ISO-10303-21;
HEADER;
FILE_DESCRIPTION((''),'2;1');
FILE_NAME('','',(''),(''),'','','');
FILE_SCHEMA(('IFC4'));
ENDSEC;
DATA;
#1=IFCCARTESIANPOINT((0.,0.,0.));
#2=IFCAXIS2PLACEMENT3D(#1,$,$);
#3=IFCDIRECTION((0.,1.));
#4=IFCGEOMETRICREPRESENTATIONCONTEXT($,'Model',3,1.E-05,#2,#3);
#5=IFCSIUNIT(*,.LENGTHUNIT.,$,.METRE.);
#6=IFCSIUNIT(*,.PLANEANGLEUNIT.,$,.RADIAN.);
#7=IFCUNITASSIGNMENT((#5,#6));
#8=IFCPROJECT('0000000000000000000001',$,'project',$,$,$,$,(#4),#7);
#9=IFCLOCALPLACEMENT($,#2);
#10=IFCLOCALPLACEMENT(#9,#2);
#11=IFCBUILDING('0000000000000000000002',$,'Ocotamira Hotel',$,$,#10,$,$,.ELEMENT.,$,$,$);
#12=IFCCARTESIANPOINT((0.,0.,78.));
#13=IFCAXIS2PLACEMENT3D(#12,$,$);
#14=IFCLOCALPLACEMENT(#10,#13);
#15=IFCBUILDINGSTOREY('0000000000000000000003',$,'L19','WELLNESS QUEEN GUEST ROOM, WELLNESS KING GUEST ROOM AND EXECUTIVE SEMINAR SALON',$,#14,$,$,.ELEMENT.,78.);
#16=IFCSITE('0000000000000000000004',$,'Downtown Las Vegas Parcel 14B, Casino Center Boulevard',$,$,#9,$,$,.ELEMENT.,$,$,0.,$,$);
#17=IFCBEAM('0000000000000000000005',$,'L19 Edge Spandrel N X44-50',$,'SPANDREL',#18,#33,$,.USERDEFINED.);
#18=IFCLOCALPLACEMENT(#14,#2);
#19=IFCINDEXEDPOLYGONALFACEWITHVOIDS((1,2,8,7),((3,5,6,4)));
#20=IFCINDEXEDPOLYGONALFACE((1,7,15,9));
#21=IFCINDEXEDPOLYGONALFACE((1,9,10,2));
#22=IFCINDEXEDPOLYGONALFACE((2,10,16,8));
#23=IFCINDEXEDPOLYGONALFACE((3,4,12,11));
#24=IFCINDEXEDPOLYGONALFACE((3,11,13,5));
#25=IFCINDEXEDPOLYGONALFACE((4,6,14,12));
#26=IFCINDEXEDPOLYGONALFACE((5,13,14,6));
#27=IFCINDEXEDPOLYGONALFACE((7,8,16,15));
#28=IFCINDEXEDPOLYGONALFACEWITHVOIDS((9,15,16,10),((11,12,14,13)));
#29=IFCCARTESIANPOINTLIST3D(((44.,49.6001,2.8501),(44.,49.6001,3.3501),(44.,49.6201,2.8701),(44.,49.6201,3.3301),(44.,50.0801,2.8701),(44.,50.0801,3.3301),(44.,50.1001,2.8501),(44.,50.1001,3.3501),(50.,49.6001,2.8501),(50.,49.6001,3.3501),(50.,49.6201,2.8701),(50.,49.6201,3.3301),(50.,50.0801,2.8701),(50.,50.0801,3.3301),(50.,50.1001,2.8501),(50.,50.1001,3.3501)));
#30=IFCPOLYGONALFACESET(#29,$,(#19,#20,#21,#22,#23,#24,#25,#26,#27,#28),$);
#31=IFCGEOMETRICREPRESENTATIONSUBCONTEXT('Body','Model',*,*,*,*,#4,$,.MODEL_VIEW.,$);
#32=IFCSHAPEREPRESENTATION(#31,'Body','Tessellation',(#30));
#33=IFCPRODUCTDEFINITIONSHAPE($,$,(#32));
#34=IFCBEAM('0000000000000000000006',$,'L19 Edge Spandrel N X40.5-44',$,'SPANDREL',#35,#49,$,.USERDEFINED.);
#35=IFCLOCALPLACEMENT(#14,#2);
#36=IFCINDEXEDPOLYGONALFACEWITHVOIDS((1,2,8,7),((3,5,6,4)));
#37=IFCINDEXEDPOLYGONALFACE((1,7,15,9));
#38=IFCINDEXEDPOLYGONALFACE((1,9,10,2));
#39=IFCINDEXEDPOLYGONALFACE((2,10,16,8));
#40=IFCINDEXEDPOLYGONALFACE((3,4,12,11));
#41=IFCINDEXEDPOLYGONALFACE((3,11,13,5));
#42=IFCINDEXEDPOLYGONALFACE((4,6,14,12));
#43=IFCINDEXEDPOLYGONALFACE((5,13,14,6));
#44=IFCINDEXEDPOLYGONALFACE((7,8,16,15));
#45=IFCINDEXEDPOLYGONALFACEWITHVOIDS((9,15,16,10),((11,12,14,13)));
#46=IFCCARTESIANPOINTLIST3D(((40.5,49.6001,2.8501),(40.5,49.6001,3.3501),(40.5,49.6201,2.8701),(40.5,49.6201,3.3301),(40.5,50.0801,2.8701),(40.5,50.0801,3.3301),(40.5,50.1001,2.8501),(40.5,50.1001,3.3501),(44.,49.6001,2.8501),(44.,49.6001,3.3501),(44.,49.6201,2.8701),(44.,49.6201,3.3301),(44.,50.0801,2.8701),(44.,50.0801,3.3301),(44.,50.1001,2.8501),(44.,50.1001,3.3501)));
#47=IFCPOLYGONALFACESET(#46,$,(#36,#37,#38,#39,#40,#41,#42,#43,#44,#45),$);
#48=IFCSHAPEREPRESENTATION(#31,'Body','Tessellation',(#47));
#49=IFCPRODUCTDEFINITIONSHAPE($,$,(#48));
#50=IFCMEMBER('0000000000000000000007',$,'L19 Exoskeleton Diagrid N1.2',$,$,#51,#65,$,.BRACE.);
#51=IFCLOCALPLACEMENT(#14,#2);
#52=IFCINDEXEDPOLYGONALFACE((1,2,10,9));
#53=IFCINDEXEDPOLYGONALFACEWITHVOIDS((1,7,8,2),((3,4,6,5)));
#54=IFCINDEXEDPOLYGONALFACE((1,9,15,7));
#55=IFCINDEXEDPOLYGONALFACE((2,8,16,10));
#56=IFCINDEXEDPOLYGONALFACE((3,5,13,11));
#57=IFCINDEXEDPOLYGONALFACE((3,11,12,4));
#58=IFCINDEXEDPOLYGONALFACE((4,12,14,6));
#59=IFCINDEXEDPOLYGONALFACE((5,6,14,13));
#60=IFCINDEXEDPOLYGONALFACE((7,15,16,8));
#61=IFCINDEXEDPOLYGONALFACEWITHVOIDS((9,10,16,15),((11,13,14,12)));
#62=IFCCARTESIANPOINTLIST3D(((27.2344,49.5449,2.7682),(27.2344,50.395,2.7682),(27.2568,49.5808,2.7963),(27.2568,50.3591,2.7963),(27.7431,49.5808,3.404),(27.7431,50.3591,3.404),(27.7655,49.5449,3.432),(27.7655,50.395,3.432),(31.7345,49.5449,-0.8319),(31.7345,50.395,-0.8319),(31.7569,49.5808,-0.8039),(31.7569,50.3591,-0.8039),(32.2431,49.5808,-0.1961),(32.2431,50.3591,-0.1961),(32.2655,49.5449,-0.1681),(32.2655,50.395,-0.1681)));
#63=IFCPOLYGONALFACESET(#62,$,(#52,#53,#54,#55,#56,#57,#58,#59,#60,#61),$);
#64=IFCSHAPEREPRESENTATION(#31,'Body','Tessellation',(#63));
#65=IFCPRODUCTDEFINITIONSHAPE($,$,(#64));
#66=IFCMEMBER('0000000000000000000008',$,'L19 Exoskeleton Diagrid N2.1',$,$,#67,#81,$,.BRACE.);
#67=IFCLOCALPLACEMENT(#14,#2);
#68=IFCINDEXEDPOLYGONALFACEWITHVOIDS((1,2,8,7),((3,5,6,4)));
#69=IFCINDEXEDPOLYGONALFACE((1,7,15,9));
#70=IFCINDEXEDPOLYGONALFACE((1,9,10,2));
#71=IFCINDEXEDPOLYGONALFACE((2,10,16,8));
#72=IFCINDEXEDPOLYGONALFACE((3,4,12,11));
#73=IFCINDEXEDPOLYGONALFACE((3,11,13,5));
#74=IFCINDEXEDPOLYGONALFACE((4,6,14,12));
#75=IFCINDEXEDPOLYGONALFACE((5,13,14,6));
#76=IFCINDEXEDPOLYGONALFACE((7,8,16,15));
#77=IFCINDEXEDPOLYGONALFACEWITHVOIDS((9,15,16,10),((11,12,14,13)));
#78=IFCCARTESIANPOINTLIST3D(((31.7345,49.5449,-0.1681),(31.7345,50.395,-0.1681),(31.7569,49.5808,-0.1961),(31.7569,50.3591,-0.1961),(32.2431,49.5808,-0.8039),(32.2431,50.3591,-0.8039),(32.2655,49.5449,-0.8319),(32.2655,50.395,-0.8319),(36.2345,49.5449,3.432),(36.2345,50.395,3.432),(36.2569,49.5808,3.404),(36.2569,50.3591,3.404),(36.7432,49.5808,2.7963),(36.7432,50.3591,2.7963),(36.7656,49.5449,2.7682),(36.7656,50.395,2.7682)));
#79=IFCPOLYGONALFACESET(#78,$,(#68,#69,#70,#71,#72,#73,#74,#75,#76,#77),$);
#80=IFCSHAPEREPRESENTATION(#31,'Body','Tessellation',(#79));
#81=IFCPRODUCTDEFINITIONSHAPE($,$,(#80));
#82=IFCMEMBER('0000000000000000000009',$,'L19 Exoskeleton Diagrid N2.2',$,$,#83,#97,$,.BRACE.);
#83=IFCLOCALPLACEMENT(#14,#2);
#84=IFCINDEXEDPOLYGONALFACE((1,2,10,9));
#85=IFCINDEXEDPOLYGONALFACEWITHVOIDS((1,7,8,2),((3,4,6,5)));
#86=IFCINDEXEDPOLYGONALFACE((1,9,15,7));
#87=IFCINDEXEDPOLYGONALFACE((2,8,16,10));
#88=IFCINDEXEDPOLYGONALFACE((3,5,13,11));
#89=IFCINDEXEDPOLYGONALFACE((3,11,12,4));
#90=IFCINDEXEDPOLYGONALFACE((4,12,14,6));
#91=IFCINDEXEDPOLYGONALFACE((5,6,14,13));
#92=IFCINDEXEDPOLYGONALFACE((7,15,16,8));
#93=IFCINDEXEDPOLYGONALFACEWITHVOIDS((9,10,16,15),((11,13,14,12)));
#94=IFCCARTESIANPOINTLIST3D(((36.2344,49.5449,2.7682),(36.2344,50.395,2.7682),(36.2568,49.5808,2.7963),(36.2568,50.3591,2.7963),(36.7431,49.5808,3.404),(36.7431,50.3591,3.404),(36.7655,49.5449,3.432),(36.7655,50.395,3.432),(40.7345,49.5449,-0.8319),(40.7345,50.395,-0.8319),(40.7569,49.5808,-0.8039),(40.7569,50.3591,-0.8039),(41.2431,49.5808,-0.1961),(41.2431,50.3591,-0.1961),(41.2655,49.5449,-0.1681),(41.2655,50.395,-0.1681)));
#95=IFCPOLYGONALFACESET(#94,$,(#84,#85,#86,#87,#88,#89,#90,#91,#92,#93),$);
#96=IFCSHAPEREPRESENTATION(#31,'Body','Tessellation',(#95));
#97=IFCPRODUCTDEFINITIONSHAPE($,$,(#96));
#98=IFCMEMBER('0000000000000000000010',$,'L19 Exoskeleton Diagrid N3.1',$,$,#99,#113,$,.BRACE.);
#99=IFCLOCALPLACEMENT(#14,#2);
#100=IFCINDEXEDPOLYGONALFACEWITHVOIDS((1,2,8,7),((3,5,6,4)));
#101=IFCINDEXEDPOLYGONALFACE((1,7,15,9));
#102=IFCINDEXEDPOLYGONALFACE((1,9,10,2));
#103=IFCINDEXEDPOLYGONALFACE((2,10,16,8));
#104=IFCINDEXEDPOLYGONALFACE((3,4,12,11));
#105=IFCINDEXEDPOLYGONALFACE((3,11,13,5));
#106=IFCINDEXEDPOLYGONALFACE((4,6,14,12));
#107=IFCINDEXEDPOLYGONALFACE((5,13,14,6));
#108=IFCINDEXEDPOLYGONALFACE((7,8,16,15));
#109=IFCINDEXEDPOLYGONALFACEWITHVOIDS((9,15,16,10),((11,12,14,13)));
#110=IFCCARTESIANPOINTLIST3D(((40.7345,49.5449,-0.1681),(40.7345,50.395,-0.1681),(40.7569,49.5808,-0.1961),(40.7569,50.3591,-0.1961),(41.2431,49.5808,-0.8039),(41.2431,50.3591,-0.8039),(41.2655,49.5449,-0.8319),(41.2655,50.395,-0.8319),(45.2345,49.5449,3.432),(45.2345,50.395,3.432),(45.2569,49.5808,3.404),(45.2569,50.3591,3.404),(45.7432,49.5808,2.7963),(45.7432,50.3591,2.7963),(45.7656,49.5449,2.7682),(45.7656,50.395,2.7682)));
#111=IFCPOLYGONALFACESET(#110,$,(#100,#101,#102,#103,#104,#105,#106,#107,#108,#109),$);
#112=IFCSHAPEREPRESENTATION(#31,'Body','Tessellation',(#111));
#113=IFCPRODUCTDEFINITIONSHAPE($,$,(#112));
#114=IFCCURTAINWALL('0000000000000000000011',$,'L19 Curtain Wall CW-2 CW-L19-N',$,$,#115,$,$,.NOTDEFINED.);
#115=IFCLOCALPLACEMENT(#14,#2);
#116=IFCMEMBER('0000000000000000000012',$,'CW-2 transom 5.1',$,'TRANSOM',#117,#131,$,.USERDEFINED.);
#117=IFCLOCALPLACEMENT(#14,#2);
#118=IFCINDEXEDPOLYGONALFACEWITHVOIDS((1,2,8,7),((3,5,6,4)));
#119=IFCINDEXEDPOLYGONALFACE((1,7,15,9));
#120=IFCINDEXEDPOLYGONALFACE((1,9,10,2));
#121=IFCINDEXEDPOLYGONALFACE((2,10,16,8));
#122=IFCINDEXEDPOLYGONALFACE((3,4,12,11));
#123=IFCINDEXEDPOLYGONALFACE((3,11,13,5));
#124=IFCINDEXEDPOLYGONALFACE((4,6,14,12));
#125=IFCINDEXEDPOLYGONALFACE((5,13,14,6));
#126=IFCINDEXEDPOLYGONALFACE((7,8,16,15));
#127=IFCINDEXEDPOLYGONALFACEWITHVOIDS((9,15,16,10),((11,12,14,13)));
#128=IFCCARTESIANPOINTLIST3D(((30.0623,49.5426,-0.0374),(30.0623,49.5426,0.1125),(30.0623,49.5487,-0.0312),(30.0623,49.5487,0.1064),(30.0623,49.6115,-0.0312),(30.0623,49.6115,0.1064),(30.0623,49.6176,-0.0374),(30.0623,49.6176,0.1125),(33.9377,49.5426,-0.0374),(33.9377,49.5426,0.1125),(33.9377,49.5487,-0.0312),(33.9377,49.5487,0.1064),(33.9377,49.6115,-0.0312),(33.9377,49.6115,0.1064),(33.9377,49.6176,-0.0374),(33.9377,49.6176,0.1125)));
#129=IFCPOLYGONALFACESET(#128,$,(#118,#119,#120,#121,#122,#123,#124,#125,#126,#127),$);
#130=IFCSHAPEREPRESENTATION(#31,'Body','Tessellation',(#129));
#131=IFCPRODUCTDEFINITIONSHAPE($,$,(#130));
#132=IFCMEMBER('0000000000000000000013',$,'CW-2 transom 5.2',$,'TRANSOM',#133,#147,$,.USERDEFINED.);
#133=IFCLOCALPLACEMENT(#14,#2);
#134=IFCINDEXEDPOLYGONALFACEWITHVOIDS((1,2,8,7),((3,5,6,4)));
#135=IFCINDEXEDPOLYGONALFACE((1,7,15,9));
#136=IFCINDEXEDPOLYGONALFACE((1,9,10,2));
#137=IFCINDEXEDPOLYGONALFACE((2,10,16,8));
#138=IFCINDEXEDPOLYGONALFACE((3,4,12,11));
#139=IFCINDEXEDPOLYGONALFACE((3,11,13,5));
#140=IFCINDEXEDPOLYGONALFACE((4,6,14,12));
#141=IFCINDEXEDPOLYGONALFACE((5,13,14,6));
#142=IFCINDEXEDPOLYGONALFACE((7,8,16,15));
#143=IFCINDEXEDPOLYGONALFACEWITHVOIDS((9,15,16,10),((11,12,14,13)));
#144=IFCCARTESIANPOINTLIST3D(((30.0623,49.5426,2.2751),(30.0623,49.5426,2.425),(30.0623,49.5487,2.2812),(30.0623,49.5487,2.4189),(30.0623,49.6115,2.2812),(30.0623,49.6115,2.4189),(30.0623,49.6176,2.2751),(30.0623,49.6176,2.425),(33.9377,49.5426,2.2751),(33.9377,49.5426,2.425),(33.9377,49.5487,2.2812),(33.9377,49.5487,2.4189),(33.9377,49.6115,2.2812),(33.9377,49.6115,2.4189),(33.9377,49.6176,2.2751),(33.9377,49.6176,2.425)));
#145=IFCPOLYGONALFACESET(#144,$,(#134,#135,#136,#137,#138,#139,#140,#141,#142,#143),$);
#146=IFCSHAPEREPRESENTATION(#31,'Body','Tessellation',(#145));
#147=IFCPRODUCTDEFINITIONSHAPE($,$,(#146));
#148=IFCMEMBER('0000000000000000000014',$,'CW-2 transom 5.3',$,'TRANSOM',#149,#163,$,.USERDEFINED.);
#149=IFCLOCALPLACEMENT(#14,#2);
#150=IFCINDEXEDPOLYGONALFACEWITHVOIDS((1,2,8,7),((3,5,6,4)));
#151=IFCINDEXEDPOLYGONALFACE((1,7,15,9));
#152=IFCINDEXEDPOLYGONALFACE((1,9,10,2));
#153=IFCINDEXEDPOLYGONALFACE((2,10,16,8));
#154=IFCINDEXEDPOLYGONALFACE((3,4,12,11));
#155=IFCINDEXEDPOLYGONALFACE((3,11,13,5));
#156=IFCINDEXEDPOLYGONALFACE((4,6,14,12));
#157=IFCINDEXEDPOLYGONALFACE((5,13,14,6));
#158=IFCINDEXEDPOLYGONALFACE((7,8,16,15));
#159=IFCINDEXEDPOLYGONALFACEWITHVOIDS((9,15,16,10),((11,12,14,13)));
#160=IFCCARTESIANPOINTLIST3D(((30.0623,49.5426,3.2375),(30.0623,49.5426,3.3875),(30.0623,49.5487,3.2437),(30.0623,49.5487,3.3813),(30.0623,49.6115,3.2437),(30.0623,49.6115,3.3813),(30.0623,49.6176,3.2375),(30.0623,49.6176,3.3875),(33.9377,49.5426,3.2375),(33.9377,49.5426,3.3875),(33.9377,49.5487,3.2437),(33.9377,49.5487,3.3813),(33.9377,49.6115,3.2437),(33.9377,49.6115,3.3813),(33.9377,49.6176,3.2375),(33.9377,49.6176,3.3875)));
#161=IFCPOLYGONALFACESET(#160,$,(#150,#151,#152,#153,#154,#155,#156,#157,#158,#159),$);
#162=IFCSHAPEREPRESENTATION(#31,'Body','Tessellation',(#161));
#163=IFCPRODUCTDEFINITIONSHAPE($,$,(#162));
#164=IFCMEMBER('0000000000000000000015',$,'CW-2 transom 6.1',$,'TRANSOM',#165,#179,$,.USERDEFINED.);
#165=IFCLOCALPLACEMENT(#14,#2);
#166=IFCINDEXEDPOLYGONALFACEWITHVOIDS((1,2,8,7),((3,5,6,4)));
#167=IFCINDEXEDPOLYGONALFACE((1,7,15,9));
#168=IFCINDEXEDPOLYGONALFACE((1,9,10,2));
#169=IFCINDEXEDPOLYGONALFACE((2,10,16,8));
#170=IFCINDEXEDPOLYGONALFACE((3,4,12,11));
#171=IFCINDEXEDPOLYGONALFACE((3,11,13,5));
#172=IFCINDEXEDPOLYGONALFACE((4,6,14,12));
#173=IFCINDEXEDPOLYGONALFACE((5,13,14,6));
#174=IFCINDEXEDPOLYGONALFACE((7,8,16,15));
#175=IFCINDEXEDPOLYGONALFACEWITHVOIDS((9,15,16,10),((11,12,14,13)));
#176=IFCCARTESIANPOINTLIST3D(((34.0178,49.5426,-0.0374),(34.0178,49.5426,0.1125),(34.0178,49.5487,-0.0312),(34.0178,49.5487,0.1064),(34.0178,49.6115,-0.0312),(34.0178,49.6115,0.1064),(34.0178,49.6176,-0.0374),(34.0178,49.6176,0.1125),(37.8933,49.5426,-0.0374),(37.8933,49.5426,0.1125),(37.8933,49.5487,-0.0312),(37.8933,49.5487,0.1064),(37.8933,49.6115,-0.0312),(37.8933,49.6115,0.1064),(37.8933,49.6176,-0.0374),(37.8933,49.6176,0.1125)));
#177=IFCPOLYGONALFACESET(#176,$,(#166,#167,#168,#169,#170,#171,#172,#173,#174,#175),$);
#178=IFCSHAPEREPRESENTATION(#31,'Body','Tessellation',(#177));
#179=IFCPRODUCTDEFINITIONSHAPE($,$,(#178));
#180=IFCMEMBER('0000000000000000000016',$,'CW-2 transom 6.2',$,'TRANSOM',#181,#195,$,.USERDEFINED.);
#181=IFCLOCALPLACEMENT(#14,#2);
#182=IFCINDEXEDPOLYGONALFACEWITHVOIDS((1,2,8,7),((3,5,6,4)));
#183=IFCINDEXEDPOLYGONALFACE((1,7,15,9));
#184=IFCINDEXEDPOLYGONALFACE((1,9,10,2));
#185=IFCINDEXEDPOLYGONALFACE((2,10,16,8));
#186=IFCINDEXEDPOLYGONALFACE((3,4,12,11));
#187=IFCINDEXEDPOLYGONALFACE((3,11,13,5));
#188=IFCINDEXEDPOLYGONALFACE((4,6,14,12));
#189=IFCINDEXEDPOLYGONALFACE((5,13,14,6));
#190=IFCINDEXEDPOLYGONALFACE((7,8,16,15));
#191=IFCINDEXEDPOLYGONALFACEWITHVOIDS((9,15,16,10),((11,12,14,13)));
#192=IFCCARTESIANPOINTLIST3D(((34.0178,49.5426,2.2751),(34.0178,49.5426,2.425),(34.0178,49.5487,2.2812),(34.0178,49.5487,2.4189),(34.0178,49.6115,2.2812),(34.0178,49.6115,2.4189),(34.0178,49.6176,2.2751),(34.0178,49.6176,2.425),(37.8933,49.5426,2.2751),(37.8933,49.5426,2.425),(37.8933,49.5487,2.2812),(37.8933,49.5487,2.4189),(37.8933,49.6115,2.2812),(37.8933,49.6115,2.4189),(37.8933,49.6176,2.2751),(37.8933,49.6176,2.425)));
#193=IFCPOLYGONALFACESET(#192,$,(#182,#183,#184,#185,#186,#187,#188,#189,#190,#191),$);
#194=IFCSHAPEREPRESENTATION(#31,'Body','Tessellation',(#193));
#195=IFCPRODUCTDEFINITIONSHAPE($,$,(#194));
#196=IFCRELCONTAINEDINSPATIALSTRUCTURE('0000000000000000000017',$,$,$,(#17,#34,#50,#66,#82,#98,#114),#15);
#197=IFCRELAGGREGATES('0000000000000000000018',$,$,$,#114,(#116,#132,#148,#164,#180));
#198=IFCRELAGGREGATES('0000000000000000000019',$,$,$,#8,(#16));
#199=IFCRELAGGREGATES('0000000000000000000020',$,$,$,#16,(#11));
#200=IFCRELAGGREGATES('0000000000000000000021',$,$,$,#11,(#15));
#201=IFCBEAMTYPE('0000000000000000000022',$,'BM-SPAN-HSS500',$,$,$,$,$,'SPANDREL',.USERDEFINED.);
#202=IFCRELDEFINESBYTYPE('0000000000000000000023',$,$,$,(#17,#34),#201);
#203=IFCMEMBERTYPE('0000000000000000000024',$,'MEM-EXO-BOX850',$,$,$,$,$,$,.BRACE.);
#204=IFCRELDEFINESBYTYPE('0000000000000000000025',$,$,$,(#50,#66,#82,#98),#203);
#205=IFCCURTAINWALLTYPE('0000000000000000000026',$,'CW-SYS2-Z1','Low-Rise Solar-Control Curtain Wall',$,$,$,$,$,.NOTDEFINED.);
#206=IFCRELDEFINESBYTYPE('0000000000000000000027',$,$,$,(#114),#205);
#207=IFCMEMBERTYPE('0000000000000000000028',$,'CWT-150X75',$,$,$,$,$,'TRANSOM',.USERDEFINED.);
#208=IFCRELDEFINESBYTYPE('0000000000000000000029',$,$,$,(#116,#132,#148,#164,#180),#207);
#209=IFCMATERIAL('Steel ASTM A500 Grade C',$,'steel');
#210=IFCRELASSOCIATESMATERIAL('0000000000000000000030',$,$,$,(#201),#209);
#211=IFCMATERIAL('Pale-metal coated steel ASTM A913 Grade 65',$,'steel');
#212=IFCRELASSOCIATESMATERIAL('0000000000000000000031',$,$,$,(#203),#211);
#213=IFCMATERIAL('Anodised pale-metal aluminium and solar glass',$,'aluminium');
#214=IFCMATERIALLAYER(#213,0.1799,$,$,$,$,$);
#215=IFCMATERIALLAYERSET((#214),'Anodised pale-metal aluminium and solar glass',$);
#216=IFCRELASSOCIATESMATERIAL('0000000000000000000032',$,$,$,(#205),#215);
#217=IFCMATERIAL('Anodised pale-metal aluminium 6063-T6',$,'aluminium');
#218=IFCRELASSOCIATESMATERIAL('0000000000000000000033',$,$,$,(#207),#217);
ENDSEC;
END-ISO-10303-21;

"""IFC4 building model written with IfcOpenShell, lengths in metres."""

from ifc_helpers import new_model, si_unit, direction, frame, origin, origin_2d, place, context, subcontext, project, spatial, hollow_rectangle, extrude, source, transform, mapped, material, layer, layer_set, material_profile, profile_set, type_object, element, aggregate, save


model = new_model("IFC4")

# Units and contexts
model_context = context("Model", 3, precision=1e-05, world=origin(), true_north=direction((0.0, 1.0)))
body_context = subcontext(model_context, "Body", "Model", "MODEL_VIEW")
ifc_project = project(units=[si_unit("LENGTHUNIT", "METRE"), si_unit("PLANEANGLEUNIT", "RADIAN")], contexts=[model_context])

# Site, building, storey
site_placement = place(None, origin())
site = spatial("IfcSite", under=ifc_project, at=site_placement, Name="Downtown Las Vegas Parcel 14B, Casino Center Boulevard", CompositionType="ELEMENT", RefElevation=0.0)
building_placement = place(site_placement, origin())
building = spatial("IfcBuilding", under=site, at=building_placement, Name="Ocotamira Hotel", CompositionType="ELEMENT")
storey_placement = place(building_placement, frame((0.0, 0.0, 78.0)))
storey = spatial("IfcBuildingStorey", under=building, at=storey_placement, Name="L19", Description="WELLNESS QUEEN GUEST ROOM, WELLNESS KING GUEST ROOM AND EXECUTIVE SEMINAR SALON", CompositionType="ELEMENT", Elevation=78.0)

# Beams
ifc_material_1 = material(Name="Steel ASTM A500 Grade C", Category="steel")
ifc_material_profile_1 = material_profile(ifc_material_1, hollow_rectangle(XDim=0.5, YDim=0.5, WallThickness=0.02, at=origin_2d()), Name="HSS500X500X20")
ifc_profile_set_1 = profile_set([ifc_material_profile_1], Name="Steel ASTM A500 Grade C")
beam_type = type_object("IfcBeamType", Name="BM-SPAN-HSS500", ElementType="SPANDREL", PredefinedType="USERDEFINED", material=ifc_profile_set_1)
shared_shape_1 = source(origin(), body_context, "Body", "SweptSolid", [
    extrude(hollow_rectangle(XDim=0.5, YDim=0.5, WallThickness=0.02, at=origin_2d()), origin(), (0.0, 0.0, 1.0), 6.0),
])
beam_1_placement = place(storey_placement, frame((44.0, 49.8501, 3.1001), z_axis=(1.0, 0.0, 0.0), x_axis=(0.0, 1.0, 0.0)))
element("IfcBeam", 1, at=beam_1_placement, inside=storey, type_object=beam_type, Name="L19 Edge Spandrel N X44-50", ObjectType="SPANDREL", PredefinedType="USERDEFINED", context=body_context, shape_type="MappedRepresentation", body=[
    mapped(shared_shape_1, transform((0.0, 0.0, 0.0), scale=1.0)),
])
shared_shape_2 = source(origin(), body_context, "Body", "SweptSolid", [
    extrude(hollow_rectangle(XDim=0.5, YDim=0.5, WallThickness=0.02, at=origin_2d()), origin(), (0.0, 0.0, 1.0), 3.5),
])
beam_2_placement = place(storey_placement, frame((40.5, 49.8501, 3.1001), z_axis=(1.0, 0.0, 0.0), x_axis=(0.0, 1.0, 0.0)))
element("IfcBeam", 2, at=beam_2_placement, inside=storey, type_object=beam_type, Name="L19 Edge Spandrel N X40.5-44", ObjectType="SPANDREL", PredefinedType="USERDEFINED", context=body_context, shape_type="MappedRepresentation", body=[
    mapped(shared_shape_2, transform((0.0, 0.0, 0.0), scale=1.0)),
])

# Members
ifc_material_2 = material(Name="Pale-metal coated steel ASTM A913 Grade 65", Category="steel")
ifc_material_profile_2 = material_profile(ifc_material_2, hollow_rectangle(XDim=0.8501, YDim=0.8501, WallThickness=0.0359, at=origin_2d()), Name="BOX850X850X36")
ifc_profile_set_2 = profile_set([ifc_material_profile_2], Name="Pale-metal coated steel ASTM A913 Grade 65")
member_type_1 = type_object("IfcMemberType", Name="MEM-EXO-BOX850", PredefinedType="BRACE", material=ifc_profile_set_2)
shared_shape_3 = source(origin(), body_context, "Body", "SweptSolid", [
    extrude(hollow_rectangle(XDim=0.8501, YDim=0.8501, WallThickness=0.0359, at=origin_2d()), origin(), (0.0, 0.0, 1.0), 5.7629),
])
for number, where, z_axis, x_axis, name in (
    (3, (32.0, 49.97, -0.5), (-0.780861, 0.0, 0.624705), (0.0, -1.0, 0.0), "L19 Exoskeleton Diagrid N1.2"),
    (4, (32.0, 49.97, -0.5), (0.780861, 0.0, 0.624705), (0.0, 1.0, 0.0), "L19 Exoskeleton Diagrid N2.1"),
    (5, (41.0, 49.97, -0.5), (-0.780861, 0.0, 0.624705), (0.0, -1.0, 0.0), "L19 Exoskeleton Diagrid N2.2"),
    (6, (41.0, 49.97, -0.5), (0.780861, 0.0, 0.624705), (0.0, 1.0, 0.0), "L19 Exoskeleton Diagrid N3.1"),
):
    element("IfcMember", number, at=place(storey_placement, frame(where, z_axis=z_axis, x_axis=x_axis)), inside=storey, type_object=member_type_1, Name=name, PredefinedType="BRACE", context=body_context, shape_type="MappedRepresentation", body=[
        mapped(shared_shape_3, transform((0.0, 0.0, 0.0), scale=1.0)),
    ])

# Curtain wall, members
ifc_material_3 = material(Name="Anodised pale-metal aluminium and solar glass", Category="aluminium")
ifc_layer_1 = layer(ifc_material_3, 0.1799)
ifc_layer_set_1 = layer_set([ifc_layer_1], Name="Anodised pale-metal aluminium and solar glass")
curtain_wall_type = type_object("IfcCurtainWallType", Name="CW-SYS2-Z1", Description="Low-Rise Solar-Control Curtain Wall", PredefinedType="NOTDEFINED", material=ifc_layer_set_1)
curtain_wall_placement = place(storey_placement, origin())
curtain_wall = element("IfcCurtainWall", 7, at=curtain_wall_placement, inside=storey, type_object=curtain_wall_type, Name="L19 Curtain Wall CW-2 CW-L19-N", PredefinedType="NOTDEFINED")
ifc_material_4 = material(Name="Anodised pale-metal aluminium 6063-T6", Category="aluminium")
ifc_material_profile_3 = material_profile(ifc_material_4, hollow_rectangle(XDim=0.075, YDim=0.1499, WallThickness=0.0061, at=origin_2d()), Name="HSS150X75X6")
ifc_profile_set_3 = profile_set([ifc_material_profile_3], Name="Anodised pale-metal aluminium 6063-T6")
member_type_2 = type_object("IfcMemberType", Name="CWT-150X75", ElementType="TRANSOM", PredefinedType="USERDEFINED", material=ifc_profile_set_3)
shared_shape_4 = source(origin(), body_context, "Body", "SweptSolid", [
    extrude(hollow_rectangle(XDim=0.075, YDim=0.1499, WallThickness=0.0061, at=origin_2d()), origin(), (0.0, 0.0, 1.0), 3.8755),
])
member_1_placement = place(storey_placement, frame((30.0623, 49.5801, 0.0376), z_axis=(1.0, 0.0, 0.0), x_axis=(0.0, 1.0, 0.0)))
member_1 = element("IfcMember", 8, at=member_1_placement, type_object=member_type_2, Name="CW-2 transom 5.1", ObjectType="TRANSOM", PredefinedType="USERDEFINED", context=body_context, shape_type="MappedRepresentation", body=[
    mapped(shared_shape_4, transform((0.0, 0.0, 0.0), scale=1.0)),
])
member_2_placement = place(storey_placement, frame((30.0623, 49.5801, 2.3501), z_axis=(1.0, 0.0, 0.0), x_axis=(0.0, 1.0, 0.0)))
member_2 = element("IfcMember", 9, at=member_2_placement, type_object=member_type_2, Name="CW-2 transom 5.2", ObjectType="TRANSOM", PredefinedType="USERDEFINED", context=body_context, shape_type="MappedRepresentation", body=[
    mapped(shared_shape_4, transform((0.0, 0.0, 0.0), scale=1.0)),
])
member_3_placement = place(storey_placement, frame((30.0623, 49.5801, 3.3125), z_axis=(1.0, 0.0, 0.0), x_axis=(0.0, 1.0, 0.0)))
member_3 = element("IfcMember", 10, at=member_3_placement, type_object=member_type_2, Name="CW-2 transom 5.3", ObjectType="TRANSOM", PredefinedType="USERDEFINED", context=body_context, shape_type="MappedRepresentation", body=[
    mapped(shared_shape_4, transform((0.0, 0.0, 0.0), scale=1.0)),
])
member_4_placement = place(storey_placement, frame((34.0178, 49.5801, 0.0376), z_axis=(1.0, 0.0, 0.0), x_axis=(0.0, 1.0, 0.0)))
member_4 = element("IfcMember", 11, at=member_4_placement, type_object=member_type_2, Name="CW-2 transom 6.1", ObjectType="TRANSOM", PredefinedType="USERDEFINED", context=body_context, shape_type="MappedRepresentation", body=[
    mapped(shared_shape_4, transform((0.0, 0.0, 0.0), scale=1.0)),
])
member_5_placement = place(storey_placement, frame((34.0178, 49.5801, 2.3501), z_axis=(1.0, 0.0, 0.0), x_axis=(0.0, 1.0, 0.0)))
member_5 = element("IfcMember", 12, at=member_5_placement, type_object=member_type_2, Name="CW-2 transom 6.2", ObjectType="TRANSOM", PredefinedType="USERDEFINED", context=body_context, shape_type="MappedRepresentation", body=[
    mapped(shared_shape_4, transform((0.0, 0.0, 0.0), scale=1.0)),
])

aggregate(curtain_wall, [member_1, member_2, member_3, member_4, member_5])

save(model, "model.ifc")
